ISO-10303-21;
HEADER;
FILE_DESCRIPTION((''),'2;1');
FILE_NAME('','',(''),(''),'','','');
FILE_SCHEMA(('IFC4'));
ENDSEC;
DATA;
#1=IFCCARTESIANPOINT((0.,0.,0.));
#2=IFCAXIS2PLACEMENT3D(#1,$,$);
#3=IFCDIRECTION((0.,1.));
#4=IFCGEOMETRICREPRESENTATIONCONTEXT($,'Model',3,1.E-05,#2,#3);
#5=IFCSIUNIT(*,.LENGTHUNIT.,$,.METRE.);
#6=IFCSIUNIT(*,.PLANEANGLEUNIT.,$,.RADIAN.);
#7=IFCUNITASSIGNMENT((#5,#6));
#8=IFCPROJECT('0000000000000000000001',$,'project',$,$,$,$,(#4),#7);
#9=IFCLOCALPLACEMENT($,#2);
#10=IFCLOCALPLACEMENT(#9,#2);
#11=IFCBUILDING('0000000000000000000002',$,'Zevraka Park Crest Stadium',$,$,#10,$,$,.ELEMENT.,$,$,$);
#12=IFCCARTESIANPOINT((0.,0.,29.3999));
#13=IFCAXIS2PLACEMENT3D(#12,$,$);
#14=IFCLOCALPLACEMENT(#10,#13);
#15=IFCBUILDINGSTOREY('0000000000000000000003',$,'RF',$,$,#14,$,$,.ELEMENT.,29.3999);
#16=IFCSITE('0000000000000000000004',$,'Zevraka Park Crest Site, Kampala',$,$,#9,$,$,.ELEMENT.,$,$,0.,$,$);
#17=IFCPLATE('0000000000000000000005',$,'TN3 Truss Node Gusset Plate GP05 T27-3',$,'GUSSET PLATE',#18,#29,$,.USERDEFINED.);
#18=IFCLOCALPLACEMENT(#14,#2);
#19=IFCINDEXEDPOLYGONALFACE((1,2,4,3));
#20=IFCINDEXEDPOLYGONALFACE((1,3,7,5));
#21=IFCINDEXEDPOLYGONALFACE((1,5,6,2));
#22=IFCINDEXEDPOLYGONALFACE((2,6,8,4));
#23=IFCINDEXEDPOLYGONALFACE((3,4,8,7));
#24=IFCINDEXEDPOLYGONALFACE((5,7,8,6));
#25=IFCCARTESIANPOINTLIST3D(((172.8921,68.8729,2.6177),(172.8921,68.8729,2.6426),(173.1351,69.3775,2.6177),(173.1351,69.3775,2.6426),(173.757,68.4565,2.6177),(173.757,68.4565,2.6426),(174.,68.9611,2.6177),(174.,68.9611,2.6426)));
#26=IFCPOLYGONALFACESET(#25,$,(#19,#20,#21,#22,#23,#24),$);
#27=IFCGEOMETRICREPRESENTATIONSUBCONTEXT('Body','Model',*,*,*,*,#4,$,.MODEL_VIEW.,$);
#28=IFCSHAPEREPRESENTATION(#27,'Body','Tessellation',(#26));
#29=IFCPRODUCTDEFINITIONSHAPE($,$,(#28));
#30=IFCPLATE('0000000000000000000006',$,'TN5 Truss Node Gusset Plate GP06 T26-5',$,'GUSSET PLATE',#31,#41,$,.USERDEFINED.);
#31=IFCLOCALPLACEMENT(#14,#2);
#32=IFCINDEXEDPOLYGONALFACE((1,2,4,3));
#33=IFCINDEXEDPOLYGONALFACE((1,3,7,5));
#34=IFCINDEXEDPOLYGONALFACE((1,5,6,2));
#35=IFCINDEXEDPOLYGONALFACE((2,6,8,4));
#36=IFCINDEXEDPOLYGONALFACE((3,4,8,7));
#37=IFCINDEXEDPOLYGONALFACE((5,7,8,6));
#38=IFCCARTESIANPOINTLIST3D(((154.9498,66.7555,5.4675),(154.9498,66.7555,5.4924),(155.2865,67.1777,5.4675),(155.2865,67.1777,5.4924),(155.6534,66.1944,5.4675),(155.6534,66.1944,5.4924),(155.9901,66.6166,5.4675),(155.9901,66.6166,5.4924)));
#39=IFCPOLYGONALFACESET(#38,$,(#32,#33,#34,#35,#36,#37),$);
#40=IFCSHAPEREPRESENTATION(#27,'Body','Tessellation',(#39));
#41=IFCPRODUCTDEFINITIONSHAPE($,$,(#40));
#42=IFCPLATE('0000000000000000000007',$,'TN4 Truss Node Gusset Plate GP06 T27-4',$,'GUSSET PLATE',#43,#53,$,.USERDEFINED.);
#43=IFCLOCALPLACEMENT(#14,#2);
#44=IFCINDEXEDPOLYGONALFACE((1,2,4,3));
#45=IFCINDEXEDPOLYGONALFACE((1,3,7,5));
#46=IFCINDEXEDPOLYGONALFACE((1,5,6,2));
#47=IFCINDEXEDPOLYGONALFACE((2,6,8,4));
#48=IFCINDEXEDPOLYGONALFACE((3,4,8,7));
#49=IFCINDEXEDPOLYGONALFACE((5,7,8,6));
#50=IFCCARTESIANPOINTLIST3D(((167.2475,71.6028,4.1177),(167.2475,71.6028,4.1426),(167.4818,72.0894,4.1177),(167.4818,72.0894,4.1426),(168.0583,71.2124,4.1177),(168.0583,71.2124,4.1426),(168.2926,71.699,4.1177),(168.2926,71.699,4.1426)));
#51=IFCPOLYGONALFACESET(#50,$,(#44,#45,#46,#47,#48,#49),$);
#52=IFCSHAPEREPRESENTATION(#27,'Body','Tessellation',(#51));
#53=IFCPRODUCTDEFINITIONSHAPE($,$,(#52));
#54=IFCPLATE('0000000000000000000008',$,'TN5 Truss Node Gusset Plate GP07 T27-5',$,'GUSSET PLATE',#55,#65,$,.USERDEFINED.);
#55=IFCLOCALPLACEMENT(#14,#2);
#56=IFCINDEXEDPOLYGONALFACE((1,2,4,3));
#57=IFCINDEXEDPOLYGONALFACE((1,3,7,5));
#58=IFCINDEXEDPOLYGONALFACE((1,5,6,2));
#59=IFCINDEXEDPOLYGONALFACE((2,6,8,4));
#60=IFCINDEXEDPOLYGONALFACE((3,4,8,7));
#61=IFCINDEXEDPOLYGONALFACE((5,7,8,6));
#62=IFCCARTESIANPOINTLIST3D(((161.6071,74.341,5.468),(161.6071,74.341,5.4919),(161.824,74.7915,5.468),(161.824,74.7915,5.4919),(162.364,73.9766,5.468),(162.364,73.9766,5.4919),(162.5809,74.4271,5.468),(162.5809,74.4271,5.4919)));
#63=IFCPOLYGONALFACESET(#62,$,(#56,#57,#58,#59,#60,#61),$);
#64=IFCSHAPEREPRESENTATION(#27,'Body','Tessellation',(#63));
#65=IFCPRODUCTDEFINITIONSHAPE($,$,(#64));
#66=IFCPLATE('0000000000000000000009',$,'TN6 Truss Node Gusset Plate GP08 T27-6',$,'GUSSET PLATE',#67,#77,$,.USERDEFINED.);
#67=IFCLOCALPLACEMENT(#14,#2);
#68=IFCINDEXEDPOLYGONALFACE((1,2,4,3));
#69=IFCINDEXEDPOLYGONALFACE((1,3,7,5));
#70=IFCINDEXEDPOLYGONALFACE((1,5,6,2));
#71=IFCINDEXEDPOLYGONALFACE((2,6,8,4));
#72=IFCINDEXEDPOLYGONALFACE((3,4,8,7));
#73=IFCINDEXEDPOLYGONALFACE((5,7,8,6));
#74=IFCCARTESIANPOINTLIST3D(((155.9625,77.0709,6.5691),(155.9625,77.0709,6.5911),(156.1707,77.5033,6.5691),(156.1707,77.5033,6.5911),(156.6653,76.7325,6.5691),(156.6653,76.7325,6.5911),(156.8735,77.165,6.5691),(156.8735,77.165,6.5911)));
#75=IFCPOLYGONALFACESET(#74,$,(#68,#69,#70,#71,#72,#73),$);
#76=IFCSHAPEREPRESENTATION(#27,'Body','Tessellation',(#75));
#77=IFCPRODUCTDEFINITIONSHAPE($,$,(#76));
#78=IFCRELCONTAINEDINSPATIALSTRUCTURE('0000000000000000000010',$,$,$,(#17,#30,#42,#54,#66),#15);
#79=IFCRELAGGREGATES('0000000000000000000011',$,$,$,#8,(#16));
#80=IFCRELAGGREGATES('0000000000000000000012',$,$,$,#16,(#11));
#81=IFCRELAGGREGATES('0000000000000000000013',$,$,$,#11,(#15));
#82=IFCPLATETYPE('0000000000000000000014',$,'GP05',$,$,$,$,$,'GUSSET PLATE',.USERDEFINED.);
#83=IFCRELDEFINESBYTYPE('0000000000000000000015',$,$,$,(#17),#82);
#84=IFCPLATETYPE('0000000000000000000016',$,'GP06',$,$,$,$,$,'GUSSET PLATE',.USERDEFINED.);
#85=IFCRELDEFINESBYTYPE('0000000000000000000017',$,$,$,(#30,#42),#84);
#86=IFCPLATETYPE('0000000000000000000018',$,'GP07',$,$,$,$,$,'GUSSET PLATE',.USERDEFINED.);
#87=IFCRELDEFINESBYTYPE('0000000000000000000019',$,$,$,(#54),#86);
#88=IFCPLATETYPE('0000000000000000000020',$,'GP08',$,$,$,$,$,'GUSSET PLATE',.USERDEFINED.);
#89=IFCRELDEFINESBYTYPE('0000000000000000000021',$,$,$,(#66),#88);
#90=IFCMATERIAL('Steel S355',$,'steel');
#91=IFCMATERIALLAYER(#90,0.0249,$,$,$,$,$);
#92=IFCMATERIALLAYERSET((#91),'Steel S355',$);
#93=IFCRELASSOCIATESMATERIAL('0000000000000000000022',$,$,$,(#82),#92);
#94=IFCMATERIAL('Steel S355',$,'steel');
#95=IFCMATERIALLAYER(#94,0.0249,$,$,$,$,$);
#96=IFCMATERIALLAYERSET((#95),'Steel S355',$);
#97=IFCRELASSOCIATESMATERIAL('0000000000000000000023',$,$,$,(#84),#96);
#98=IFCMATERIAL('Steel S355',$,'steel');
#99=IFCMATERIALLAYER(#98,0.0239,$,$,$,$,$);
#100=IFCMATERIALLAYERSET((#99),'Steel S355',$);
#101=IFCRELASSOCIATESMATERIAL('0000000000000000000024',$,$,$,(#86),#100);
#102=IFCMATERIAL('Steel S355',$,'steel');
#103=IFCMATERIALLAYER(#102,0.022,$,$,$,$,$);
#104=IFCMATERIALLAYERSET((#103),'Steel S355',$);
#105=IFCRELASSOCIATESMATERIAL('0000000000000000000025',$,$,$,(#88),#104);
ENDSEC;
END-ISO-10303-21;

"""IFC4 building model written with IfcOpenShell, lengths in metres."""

from ifc_helpers import new_model, si_unit, direction, frame, origin, origin_2d, place, context, subcontext, project, spatial, rectangle, extrude, material, layer, layer_set, type_object, element, save


model = new_model("IFC4")

# Units and contexts
model_context = context("Model", 3, precision=1e-05, world=origin(), true_north=direction((0.0, 1.0)))
body_context = subcontext(model_context, "Body", "Model", "MODEL_VIEW")
ifc_project = project(units=[si_unit("LENGTHUNIT", "METRE"), si_unit("PLANEANGLEUNIT", "RADIAN")], contexts=[model_context])

# Site, building, storey
site_placement = place(None, origin())
site = spatial("IfcSite", under=ifc_project, at=site_placement, Name="Zevraka Park Crest Site, Kampala", CompositionType="ELEMENT", RefElevation=0.0)
building_placement = place(site_placement, origin())
building = spatial("IfcBuilding", under=site, at=building_placement, Name="Zevraka Park Crest Stadium", CompositionType="ELEMENT")
storey_placement = place(building_placement, frame((0.0, 0.0, 29.3999)))
storey = spatial("IfcBuildingStorey", under=building, at=storey_placement, Name="RF", CompositionType="ELEMENT", Elevation=29.3999)

# Plates
ifc_material_1 = material(Name="Steel S355", Category="steel")
ifc_layer_1 = layer(ifc_material_1, 0.0249)
ifc_layer_set_1 = layer_set([ifc_layer_1], Name="Steel S355")
plate_type_1 = type_object("IfcPlateType", Name="GP05", ElementType="GUSSET PLATE", PredefinedType="USERDEFINED", material=ifc_layer_set_1)
for number, where, z_axis, x_axis, name in (
    (1, (173.446, 68.917, 2.6177), (0.0, 0.0, 1.0), (-0.901001, 0.433816, 0.0), "TN3 Truss Node Gusset Plate GP05 T27-3"),
):
    element("IfcPlate", number, at=place(storey_placement, frame(where, z_axis=z_axis, x_axis=x_axis)), inside=storey, type_object=plate_type_1, Name=name, ObjectType="GUSSET PLATE", PredefinedType="USERDEFINED", context=body_context, shape_type="SweptSolid", body=[
        extrude(rectangle(XDim=0.96, YDim=0.5601, at=origin_2d()), origin(), (0.0, 0.0, 1.0), 0.0249),
    ])
ifc_material_2 = material(Name="Steel S355", Category="steel")
ifc_layer_2 = layer(ifc_material_2, 0.0249)
ifc_layer_set_2 = layer_set([ifc_layer_2], Name="Steel S355")
plate_type_2 = type_object("IfcPlateType", Name="GP06", ElementType="GUSSET PLATE", PredefinedType="USERDEFINED", material=ifc_layer_set_2)
for number, where, z_axis, x_axis, name in (
    (2, (155.47, 66.686, 5.4675), (0.0, 0.0, 1.0), (-0.781847, 0.62347, 0.0), "TN5 Truss Node Gusset Plate GP06 T26-5"),
    (3, (167.77, 71.6509, 4.1177), (0.0, 0.0, 1.0), (-0.901001, 0.433816, 0.0), "TN4 Truss Node Gusset Plate GP06 T27-4"),
):
    element("IfcPlate", number, at=place(storey_placement, frame(where, z_axis=z_axis, x_axis=x_axis)), inside=storey, type_object=plate_type_2, Name=name, ObjectType="GUSSET PLATE", PredefinedType="USERDEFINED", context=body_context, shape_type="SweptSolid", body=[
        extrude(rectangle(XDim=0.8999, YDim=0.54, at=origin_2d()), origin(), (0.0, 0.0, 1.0), 0.0249),
    ])
ifc_material_3 = material(Name="Steel S355", Category="steel")
ifc_layer_3 = layer(ifc_material_3, 0.0239)
ifc_layer_set_3 = layer_set([ifc_layer_3], Name="Steel S355")
plate_type_3 = type_object("IfcPlateType", Name="GP07", ElementType="GUSSET PLATE", PredefinedType="USERDEFINED", material=ifc_layer_set_3)
plate_1_placement = place(storey_placement, frame((162.094, 74.384, 5.468), z_axis=(0.0, 0.0, 1.0), x_axis=(-0.901001, 0.433816, 0.0)))
element("IfcPlate", 4, at=plate_1_placement, inside=storey, type_object=plate_type_3, Name="TN5 Truss Node Gusset Plate GP07 T27-5", ObjectType="GUSSET PLATE", PredefinedType="USERDEFINED", context=body_context, shape_type="SweptSolid", body=[
    extrude(rectangle(XDim=0.8401, YDim=0.5, at=origin_2d()), origin(), (0.0, 0.0, 1.0), 0.0239),
])
ifc_material_4 = material(Name="Steel S355", Category="steel")
ifc_layer_4 = layer(ifc_material_4, 0.022)
ifc_layer_set_4 = layer_set([ifc_layer_4], Name="Steel S355")
plate_type_4 = type_object("IfcPlateType", Name="GP08", ElementType="GUSSET PLATE", PredefinedType="USERDEFINED", material=ifc_layer_set_4)
plate_2_placement = place(storey_placement, frame((156.418, 77.1179, 6.5691), z_axis=(0.0, 0.0, 1.0), x_axis=(-0.901001, 0.433816, 0.0)))
element("IfcPlate", 5, at=plate_2_placement, inside=storey, type_object=plate_type_4, Name="TN6 Truss Node Gusset Plate GP08 T27-6", ObjectType="GUSSET PLATE", PredefinedType="USERDEFINED", context=body_context, shape_type="SweptSolid", body=[
    extrude(rectangle(XDim=0.78, YDim=0.48, at=origin_2d()), origin(), (0.0, 0.0, 1.0), 0.022),
])

save(model, "model.ifc")
